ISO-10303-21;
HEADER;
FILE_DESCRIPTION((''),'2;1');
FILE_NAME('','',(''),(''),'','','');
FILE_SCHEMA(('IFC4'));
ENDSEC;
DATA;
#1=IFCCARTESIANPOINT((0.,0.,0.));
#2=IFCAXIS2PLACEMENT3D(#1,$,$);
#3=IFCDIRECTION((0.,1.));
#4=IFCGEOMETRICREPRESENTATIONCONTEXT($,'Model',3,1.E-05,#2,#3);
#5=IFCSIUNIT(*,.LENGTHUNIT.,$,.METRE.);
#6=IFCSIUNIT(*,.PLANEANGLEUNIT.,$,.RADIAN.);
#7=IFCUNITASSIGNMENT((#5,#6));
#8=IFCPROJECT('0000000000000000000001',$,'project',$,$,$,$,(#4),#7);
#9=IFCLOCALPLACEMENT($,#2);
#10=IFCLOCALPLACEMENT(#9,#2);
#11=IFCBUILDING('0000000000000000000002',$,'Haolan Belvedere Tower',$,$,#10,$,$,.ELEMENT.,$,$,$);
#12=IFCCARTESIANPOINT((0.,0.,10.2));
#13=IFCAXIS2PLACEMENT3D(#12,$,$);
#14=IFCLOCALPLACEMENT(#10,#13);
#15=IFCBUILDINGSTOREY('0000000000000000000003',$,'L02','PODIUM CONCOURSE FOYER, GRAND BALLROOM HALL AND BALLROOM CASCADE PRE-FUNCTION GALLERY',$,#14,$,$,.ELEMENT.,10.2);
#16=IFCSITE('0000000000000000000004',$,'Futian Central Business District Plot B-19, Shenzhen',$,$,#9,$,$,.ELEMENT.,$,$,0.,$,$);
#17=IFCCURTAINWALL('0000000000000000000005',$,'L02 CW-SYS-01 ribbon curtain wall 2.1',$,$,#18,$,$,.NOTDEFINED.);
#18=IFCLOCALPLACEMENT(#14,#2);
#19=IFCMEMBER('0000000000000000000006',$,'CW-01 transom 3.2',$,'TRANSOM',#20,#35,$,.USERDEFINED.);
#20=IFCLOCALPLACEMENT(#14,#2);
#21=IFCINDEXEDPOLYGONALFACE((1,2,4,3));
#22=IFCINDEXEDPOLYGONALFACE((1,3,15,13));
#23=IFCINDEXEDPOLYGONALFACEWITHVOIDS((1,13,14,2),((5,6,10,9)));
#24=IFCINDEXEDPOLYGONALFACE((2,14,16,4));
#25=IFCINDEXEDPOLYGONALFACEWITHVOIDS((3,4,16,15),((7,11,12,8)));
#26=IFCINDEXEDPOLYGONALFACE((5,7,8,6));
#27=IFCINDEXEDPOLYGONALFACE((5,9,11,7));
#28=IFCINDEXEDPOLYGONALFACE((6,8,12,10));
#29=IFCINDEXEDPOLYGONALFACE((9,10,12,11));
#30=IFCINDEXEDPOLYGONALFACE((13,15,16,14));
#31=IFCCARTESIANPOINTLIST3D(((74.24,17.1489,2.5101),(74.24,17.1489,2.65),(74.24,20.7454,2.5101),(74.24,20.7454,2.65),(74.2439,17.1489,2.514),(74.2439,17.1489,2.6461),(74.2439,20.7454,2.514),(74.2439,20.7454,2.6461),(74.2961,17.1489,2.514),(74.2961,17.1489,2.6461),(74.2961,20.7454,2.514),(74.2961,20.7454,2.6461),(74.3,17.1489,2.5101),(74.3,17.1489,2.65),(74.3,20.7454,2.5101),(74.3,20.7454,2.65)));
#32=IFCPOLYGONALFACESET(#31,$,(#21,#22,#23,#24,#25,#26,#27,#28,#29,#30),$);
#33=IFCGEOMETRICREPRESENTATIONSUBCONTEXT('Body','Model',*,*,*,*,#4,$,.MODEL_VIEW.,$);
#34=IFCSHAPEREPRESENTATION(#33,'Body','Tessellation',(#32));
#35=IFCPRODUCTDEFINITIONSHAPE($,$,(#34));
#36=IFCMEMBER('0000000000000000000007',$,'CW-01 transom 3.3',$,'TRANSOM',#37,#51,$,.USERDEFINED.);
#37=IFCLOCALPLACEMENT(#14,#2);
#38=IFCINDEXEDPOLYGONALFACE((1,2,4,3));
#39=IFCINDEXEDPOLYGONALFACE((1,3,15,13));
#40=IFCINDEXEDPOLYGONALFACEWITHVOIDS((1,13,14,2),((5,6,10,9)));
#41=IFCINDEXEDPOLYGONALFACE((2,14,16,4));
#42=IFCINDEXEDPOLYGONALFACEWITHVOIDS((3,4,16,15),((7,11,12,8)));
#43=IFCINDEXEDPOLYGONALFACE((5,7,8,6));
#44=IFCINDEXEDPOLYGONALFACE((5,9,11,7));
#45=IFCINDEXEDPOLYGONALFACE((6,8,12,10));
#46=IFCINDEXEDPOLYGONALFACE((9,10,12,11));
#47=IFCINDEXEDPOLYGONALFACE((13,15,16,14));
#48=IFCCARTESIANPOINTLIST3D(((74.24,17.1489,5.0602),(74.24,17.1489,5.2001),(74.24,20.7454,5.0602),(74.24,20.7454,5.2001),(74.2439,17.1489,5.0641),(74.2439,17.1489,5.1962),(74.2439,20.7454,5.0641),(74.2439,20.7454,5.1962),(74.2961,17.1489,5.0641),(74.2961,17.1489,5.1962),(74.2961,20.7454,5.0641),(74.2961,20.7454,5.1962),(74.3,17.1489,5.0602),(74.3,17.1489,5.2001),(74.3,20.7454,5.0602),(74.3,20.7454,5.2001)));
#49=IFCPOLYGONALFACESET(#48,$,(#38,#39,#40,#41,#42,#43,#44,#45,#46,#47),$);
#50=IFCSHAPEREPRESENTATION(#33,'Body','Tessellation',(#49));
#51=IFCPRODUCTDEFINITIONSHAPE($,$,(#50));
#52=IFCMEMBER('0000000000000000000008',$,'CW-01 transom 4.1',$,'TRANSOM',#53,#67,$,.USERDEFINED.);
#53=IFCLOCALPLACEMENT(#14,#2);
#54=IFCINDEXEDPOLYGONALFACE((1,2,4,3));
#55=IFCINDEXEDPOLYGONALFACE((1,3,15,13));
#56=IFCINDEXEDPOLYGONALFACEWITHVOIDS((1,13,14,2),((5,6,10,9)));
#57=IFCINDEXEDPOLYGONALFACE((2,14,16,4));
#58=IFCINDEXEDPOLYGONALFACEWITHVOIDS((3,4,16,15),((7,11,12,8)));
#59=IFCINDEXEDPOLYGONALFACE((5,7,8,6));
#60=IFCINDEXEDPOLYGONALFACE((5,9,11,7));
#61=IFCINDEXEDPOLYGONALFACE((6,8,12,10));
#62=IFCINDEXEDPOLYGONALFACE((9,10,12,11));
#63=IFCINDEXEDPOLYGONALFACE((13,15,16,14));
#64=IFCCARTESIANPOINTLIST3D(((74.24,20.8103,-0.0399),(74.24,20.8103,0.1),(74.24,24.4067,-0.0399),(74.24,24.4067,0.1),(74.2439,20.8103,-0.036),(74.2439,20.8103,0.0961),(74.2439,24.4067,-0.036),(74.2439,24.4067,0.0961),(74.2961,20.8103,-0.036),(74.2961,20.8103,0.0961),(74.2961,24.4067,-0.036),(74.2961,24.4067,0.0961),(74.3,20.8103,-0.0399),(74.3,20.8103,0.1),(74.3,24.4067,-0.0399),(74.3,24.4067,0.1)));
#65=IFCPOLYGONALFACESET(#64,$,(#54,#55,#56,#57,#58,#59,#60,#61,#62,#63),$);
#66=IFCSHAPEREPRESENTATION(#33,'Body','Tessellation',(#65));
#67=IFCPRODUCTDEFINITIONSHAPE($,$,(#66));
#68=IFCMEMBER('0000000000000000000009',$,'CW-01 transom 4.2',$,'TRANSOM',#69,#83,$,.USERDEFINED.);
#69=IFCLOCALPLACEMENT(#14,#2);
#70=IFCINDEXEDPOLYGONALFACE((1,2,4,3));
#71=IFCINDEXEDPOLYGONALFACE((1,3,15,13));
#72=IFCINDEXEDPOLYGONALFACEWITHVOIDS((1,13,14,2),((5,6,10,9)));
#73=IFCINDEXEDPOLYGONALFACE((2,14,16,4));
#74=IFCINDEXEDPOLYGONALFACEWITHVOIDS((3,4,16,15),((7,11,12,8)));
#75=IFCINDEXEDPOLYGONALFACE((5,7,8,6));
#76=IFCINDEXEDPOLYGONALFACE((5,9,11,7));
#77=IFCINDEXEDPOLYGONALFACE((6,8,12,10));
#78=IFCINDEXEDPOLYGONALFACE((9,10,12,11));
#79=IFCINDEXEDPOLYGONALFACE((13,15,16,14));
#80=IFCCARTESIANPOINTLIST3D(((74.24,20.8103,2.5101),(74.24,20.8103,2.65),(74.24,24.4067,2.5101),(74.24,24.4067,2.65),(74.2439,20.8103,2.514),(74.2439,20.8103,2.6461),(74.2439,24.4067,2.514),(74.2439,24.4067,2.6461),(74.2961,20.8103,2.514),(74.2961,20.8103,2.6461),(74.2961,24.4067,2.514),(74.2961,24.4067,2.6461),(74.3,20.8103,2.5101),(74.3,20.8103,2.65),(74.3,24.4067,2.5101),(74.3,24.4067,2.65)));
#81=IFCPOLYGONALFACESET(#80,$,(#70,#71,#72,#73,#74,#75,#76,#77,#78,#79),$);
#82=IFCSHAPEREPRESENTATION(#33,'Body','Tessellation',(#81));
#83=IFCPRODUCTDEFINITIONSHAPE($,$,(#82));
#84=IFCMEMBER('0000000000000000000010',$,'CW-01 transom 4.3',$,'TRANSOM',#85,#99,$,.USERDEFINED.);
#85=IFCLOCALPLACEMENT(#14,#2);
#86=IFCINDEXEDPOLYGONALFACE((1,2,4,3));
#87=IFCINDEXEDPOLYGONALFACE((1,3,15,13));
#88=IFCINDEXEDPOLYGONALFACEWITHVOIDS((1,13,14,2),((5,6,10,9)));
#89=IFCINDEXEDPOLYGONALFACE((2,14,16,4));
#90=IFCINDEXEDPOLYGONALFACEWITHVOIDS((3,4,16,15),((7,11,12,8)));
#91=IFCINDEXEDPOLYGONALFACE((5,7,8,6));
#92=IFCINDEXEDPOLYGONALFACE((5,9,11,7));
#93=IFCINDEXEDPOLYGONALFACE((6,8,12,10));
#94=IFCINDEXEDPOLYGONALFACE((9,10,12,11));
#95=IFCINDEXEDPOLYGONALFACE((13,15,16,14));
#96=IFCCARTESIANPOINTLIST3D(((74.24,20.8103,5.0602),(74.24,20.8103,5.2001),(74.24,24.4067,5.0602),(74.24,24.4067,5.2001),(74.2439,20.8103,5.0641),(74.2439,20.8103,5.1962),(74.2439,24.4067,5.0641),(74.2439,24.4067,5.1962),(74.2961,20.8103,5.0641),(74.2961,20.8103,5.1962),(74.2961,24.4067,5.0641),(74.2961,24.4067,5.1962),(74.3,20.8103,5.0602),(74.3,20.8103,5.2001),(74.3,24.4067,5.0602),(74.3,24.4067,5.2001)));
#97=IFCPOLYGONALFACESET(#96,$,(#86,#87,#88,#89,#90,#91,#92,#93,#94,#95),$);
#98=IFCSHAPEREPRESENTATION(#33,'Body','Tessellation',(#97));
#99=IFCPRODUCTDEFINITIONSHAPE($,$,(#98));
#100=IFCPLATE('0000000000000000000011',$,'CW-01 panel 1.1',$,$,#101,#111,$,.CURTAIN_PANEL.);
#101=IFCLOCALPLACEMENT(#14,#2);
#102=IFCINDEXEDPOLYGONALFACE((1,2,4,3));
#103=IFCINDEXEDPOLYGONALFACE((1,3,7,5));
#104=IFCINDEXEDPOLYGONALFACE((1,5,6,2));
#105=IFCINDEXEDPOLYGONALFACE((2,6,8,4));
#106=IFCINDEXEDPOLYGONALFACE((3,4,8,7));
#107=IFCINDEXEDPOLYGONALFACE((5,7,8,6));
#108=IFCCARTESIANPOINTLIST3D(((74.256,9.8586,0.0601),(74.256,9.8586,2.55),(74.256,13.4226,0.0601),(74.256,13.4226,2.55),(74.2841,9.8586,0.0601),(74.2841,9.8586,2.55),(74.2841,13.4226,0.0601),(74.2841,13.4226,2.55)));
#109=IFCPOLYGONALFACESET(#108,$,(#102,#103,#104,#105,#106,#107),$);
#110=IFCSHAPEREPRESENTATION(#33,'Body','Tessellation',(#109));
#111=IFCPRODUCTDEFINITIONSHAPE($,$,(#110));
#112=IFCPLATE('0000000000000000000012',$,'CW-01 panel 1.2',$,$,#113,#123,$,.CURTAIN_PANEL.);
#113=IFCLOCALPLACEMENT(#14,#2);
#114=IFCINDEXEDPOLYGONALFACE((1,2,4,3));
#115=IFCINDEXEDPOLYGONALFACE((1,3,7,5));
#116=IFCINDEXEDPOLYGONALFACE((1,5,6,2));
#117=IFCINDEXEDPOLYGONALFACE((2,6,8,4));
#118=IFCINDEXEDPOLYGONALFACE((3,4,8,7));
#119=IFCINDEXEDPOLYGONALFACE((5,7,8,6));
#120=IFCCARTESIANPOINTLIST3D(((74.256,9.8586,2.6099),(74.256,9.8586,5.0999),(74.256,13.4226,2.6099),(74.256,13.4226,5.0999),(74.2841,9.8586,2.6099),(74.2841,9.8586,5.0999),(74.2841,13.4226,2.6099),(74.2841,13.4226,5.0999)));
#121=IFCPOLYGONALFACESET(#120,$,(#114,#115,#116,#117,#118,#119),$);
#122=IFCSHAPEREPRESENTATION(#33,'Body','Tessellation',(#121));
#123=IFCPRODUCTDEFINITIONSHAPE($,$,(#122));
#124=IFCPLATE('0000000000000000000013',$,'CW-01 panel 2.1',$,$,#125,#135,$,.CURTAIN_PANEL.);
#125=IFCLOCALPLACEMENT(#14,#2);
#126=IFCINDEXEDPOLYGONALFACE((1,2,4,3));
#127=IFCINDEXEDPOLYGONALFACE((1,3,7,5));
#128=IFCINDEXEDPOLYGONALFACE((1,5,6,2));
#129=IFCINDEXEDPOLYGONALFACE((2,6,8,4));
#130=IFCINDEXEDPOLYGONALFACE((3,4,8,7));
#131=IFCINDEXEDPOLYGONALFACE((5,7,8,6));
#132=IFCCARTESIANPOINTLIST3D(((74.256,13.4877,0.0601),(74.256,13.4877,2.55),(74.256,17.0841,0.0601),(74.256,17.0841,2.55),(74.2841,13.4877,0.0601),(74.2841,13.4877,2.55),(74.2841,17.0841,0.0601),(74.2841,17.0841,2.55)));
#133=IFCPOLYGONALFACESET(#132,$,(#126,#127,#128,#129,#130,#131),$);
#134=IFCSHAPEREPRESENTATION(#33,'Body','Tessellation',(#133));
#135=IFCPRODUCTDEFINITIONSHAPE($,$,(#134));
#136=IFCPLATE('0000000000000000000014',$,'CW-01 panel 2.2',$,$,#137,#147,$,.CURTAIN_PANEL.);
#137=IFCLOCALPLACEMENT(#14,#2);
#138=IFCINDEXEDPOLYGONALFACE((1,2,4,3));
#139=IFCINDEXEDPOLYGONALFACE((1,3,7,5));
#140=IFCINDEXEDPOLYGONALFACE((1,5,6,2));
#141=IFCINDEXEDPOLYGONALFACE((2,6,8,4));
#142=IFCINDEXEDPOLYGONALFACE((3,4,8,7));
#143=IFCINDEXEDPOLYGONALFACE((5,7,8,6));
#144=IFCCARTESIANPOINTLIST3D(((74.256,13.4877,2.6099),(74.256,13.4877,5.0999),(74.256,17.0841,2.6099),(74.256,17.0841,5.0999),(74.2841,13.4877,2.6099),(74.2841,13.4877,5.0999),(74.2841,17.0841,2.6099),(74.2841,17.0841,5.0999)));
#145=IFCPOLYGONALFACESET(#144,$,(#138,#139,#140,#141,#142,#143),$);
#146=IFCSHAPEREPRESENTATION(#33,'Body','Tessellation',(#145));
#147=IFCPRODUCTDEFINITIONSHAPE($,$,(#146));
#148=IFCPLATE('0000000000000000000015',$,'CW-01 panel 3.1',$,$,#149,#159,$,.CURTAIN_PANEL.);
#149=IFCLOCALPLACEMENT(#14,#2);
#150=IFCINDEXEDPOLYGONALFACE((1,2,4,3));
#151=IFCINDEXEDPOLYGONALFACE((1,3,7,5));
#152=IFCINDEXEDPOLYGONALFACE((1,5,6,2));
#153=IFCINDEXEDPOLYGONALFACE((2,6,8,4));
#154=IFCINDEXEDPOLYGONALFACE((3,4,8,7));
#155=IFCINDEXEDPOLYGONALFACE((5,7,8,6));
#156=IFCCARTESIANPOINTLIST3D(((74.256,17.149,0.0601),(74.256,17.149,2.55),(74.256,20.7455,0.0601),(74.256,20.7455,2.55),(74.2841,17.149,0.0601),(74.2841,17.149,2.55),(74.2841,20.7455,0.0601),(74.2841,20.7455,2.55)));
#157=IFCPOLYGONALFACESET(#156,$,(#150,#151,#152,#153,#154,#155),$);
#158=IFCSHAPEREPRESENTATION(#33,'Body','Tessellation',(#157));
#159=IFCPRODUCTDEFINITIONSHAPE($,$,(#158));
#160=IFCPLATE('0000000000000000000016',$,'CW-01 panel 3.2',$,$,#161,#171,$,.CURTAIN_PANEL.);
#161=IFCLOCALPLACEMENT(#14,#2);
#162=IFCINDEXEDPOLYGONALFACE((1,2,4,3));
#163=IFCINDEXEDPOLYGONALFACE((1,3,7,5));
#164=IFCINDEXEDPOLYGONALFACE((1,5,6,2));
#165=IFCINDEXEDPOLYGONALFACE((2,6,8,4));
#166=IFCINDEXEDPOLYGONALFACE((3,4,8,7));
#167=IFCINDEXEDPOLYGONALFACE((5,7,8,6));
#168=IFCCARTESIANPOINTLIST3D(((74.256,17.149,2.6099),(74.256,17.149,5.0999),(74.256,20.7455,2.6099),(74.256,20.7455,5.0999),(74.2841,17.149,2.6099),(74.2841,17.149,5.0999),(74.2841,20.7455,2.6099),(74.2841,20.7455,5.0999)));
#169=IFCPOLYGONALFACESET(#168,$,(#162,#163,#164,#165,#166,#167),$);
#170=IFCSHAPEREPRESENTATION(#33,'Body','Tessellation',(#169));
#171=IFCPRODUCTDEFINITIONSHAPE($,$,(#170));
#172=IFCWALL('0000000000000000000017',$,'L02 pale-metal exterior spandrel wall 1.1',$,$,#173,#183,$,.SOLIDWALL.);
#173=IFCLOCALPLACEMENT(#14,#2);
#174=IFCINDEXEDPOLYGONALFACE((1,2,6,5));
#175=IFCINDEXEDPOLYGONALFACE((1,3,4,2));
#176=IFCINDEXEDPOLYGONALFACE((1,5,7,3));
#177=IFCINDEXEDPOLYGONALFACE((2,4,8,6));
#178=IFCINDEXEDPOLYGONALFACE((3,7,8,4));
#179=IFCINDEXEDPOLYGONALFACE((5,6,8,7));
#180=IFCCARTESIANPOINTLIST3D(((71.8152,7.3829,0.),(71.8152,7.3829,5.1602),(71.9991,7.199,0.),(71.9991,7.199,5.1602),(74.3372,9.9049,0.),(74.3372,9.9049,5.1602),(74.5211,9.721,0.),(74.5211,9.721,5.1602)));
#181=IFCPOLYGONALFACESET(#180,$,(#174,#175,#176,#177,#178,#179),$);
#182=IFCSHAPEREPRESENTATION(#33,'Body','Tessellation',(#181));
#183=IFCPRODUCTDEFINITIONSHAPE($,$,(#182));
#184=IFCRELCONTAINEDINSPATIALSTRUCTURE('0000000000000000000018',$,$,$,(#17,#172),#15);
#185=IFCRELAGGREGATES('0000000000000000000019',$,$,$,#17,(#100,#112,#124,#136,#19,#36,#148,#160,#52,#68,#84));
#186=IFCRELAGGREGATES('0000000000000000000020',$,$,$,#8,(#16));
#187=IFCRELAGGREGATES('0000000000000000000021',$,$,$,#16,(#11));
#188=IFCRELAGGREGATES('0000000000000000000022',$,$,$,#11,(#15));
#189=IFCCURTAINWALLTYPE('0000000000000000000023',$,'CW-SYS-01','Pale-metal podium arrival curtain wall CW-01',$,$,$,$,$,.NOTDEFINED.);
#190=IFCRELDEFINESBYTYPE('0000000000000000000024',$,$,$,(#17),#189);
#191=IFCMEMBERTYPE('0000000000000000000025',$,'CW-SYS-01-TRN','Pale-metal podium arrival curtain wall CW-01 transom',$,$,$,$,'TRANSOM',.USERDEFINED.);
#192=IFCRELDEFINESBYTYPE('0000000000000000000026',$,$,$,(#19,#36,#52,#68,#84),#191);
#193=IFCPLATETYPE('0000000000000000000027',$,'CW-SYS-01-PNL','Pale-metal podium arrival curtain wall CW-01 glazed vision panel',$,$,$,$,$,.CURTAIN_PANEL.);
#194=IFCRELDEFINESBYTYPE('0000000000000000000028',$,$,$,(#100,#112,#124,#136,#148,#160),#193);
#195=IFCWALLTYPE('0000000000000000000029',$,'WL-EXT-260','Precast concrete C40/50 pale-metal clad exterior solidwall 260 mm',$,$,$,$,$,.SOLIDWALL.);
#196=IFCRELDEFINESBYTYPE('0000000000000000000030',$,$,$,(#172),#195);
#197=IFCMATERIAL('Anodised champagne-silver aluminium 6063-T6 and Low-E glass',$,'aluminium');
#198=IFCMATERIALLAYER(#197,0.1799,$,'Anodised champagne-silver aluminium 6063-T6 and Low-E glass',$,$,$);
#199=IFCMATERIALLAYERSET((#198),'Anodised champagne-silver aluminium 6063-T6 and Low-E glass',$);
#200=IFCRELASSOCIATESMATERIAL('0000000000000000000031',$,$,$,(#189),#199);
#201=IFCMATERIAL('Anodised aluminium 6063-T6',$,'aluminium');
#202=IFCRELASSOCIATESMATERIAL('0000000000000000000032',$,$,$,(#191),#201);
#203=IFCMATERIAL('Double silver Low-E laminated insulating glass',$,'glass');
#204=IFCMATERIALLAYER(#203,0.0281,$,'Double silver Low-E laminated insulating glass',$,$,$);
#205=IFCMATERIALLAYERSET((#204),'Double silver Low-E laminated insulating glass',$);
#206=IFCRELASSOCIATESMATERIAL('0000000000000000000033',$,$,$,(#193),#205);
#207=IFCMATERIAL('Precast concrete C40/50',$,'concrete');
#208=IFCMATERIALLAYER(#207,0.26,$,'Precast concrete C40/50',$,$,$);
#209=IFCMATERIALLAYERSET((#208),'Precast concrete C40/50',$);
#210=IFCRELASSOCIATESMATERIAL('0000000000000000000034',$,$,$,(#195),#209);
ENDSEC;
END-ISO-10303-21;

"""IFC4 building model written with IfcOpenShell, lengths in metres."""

from ifc_helpers import new_model, si_unit, direction, frame, frame_2d, origin, origin_2d, place, context, subcontext, project, spatial, rectangle, hollow_rectangle, extrude, material, layer, layer_set, material_profile, profile_set, type_object, element, aggregate, save


model = new_model("IFC4")

# Units and contexts
model_context = context("Model", 3, precision=1e-05, world=origin(), true_north=direction((0.0, 1.0)))
body_context = subcontext(model_context, "Body", "Model", "MODEL_VIEW")
ifc_project = project(units=[si_unit("LENGTHUNIT", "METRE"), si_unit("PLANEANGLEUNIT", "RADIAN")], contexts=[model_context])

# Site, building, storey
site_placement = place(None, origin())
site = spatial("IfcSite", under=ifc_project, at=site_placement, Name="Futian Central Business District Plot B-19, Shenzhen", CompositionType="ELEMENT", RefElevation=0.0)
building_placement = place(site_placement, origin())
building = spatial("IfcBuilding", under=site, at=building_placement, Name="Haolan Belvedere Tower", CompositionType="ELEMENT")
storey_placement = place(building_placement, frame((0.0, 0.0, 10.2)))
storey = spatial("IfcBuildingStorey", under=building, at=storey_placement, Name="L02", Description="PODIUM CONCOURSE FOYER, GRAND BALLROOM HALL AND BALLROOM CASCADE PRE-FUNCTION GALLERY", CompositionType="ELEMENT", Elevation=10.2)

# Curtain wall, members, plates
ifc_material_1 = material(Name="Anodised champagne-silver aluminium 6063-T6 and Low-E glass", Category="aluminium")
ifc_layer_1 = layer(ifc_material_1, 0.1799, Name="Anodised champagne-silver aluminium 6063-T6 and Low-E glass")
ifc_layer_set_1 = layer_set([ifc_layer_1], Name="Anodised champagne-silver aluminium 6063-T6 and Low-E glass")
curtain_wall_type = type_object("IfcCurtainWallType", Name="CW-SYS-01", Description="Pale-metal podium arrival curtain wall CW-01", PredefinedType="NOTDEFINED", material=ifc_layer_set_1)
curtain_wall_placement = place(storey_placement, origin())
curtain_wall = element("IfcCurtainWall", 1, at=curtain_wall_placement, inside=storey, type_object=curtain_wall_type, Name="L02 CW-SYS-01 ribbon curtain wall 2.1", PredefinedType="NOTDEFINED")
ifc_material_2 = material(Name="Anodised aluminium 6063-T6", Category="aluminium")
ifc_material_profile_1 = material_profile(ifc_material_2, hollow_rectangle(XDim=0.0601, YDim=0.1399, WallThickness=0.0039, at=origin_2d()), Name="Anodised aluminium 6063-T6")
ifc_profile_set_1 = profile_set([ifc_material_profile_1], Name="Anodised aluminium 6063-T6")
member_type_1 = type_object("IfcMemberType", Name="CW-SYS-01-TRN", Description="Pale-metal podium arrival curtain wall CW-01 transom", ElementType="TRANSOM", PredefinedType="USERDEFINED", material=ifc_profile_set_1)
member_1_placement = place(storey_placement, frame((74.27, 17.1489, 2.5801), z_axis=(0.0, 1.0, 0.0), x_axis=(-1.0, 0.0, 0.0)))
member_1 = element("IfcMember", 2, at=member_1_placement, type_object=member_type_1, Name="CW-01 transom 3.2", ObjectType="TRANSOM", PredefinedType="USERDEFINED", context=body_context, shape_type="SweptSolid", body=[
    extrude(hollow_rectangle(XDim=0.0601, YDim=0.1399, WallThickness=0.0039, at=origin_2d()), origin(), (0.0, 0.0, 1.0), 3.5964),
])
member_2_placement = place(storey_placement, frame((74.27, 17.1489, 5.1301), z_axis=(0.0, 1.0, 0.0), x_axis=(-1.0, 0.0, 0.0)))
member_2 = element("IfcMember", 3, at=member_2_placement, type_object=member_type_1, Name="CW-01 transom 3.3", ObjectType="TRANSOM", PredefinedType="USERDEFINED", context=body_context, shape_type="SweptSolid", body=[
    extrude(hollow_rectangle(XDim=0.0601, YDim=0.1399, WallThickness=0.0039, at=origin_2d()), origin(), (0.0, 0.0, 1.0), 3.5964),
])
member_3_placement = place(storey_placement, frame((74.27, 20.8103, 0.03), z_axis=(0.0, 1.0, 0.0), x_axis=(-1.0, 0.0, 0.0)))
member_3 = element("IfcMember", 4, at=member_3_placement, type_object=member_type_1, Name="CW-01 transom 4.1", ObjectType="TRANSOM", PredefinedType="USERDEFINED", context=body_context, shape_type="SweptSolid", body=[
    extrude(hollow_rectangle(XDim=0.0601, YDim=0.1399, WallThickness=0.0039, at=origin_2d()), origin(), (0.0, 0.0, 1.0), 3.5964),
])
member_4_placement = place(storey_placement, frame((74.27, 20.8103, 2.5801), z_axis=(0.0, 1.0, 0.0), x_axis=(-1.0, 0.0, 0.0)))
member_4 = element("IfcMember", 5, at=member_4_placement, type_object=member_type_1, Name="CW-01 transom 4.2", ObjectType="TRANSOM", PredefinedType="USERDEFINED", context=body_context, shape_type="SweptSolid", body=[
    extrude(hollow_rectangle(XDim=0.0601, YDim=0.1399, WallThickness=0.0039, at=origin_2d()), origin(), (0.0, 0.0, 1.0), 3.5964),
])
member_5_placement = place(storey_placement, frame((74.27, 20.8103, 5.1301), z_axis=(0.0, 1.0, 0.0), x_axis=(-1.0, 0.0, 0.0)))
member_5 = element("IfcMember", 6, at=member_5_placement, type_object=member_type_1, Name="CW-01 transom 4.3", ObjectType="TRANSOM", PredefinedType="USERDEFINED", context=body_context, shape_type="SweptSolid", body=[
    extrude(hollow_rectangle(XDim=0.0601, YDim=0.1399, WallThickness=0.0039, at=origin_2d()), origin(), (0.0, 0.0, 1.0), 3.5964),
])
ifc_material_3 = material(Name="Double silver Low-E laminated insulating glass", Category="glass")
ifc_layer_2 = layer(ifc_material_3, 0.0281, Name="Double silver Low-E laminated insulating glass")
ifc_layer_set_2 = layer_set([ifc_layer_2], Name="Double silver Low-E laminated insulating glass")
plate_type = type_object("IfcPlateType", Name="CW-SYS-01-PNL", Description="Pale-metal podium arrival curtain wall CW-01 glazed vision panel", PredefinedType="CURTAIN_PANEL", material=ifc_layer_set_2)
plate_1_placement = place(storey_placement, frame((74.27, 11.6406, 0.0601), z_axis=(0.0, 0.0, 1.0), x_axis=(0.0, 1.0, 0.0)))
plate_1 = element("IfcPlate", 7, at=plate_1_placement, type_object=plate_type, Name="CW-01 panel 1.1", PredefinedType="CURTAIN_PANEL", context=body_context, shape_type="SweptSolid", body=[
    extrude(rectangle(XDim=3.564, YDim=0.0281, at=origin_2d()), origin(), (0.0, 0.0, 1.0), 2.49),
])
plate_2_placement = place(storey_placement, frame((74.27, 11.6406, 2.6099), z_axis=(0.0, 0.0, 1.0), x_axis=(0.0, 1.0, 0.0)))
plate_2 = element("IfcPlate", 8, at=plate_2_placement, type_object=plate_type, Name="CW-01 panel 1.2", PredefinedType="CURTAIN_PANEL", context=body_context, shape_type="SweptSolid", body=[
    extrude(rectangle(XDim=3.564, YDim=0.0281, at=origin_2d()), origin(), (0.0, 0.0, 1.0), 2.49),
])
plate_3_placement = place(storey_placement, frame((74.27, 15.2859, 0.0601), z_axis=(0.0, 0.0, 1.0), x_axis=(0.0, 1.0, 0.0)))
plate_3 = element("IfcPlate", 9, at=plate_3_placement, type_object=plate_type, Name="CW-01 panel 2.1", PredefinedType="CURTAIN_PANEL", context=body_context, shape_type="SweptSolid", body=[
    extrude(rectangle(XDim=3.5964, YDim=0.0281, at=origin_2d()), origin(), (0.0, 0.0, 1.0), 2.49),
])
plate_4_placement = place(storey_placement, frame((74.27, 15.2859, 2.6099), z_axis=(0.0, 0.0, 1.0), x_axis=(0.0, 1.0, 0.0)))
plate_4 = element("IfcPlate", 10, at=plate_4_placement, type_object=plate_type, Name="CW-01 panel 2.2", PredefinedType="CURTAIN_PANEL", context=body_context, shape_type="SweptSolid", body=[
    extrude(rectangle(XDim=3.5964, YDim=0.0281, at=origin_2d()), origin(), (0.0, 0.0, 1.0), 2.49),
])
plate_5_placement = place(storey_placement, frame((74.27, 18.9473, 0.0601), z_axis=(0.0, 0.0, 1.0), x_axis=(0.0, 1.0, 0.0)))
plate_5 = element("IfcPlate", 11, at=plate_5_placement, type_object=plate_type, Name="CW-01 panel 3.1", PredefinedType="CURTAIN_PANEL", context=body_context, shape_type="SweptSolid", body=[
    extrude(rectangle(XDim=3.5964, YDim=0.0281, at=origin_2d()), origin(), (0.0, 0.0, 1.0), 2.49),
])
plate_6_placement = place(storey_placement, frame((74.27, 18.9473, 2.6099), z_axis=(0.0, 0.0, 1.0), x_axis=(0.0, 1.0, 0.0)))
plate_6 = element("IfcPlate", 12, at=plate_6_placement, type_object=plate_type, Name="CW-01 panel 3.2", PredefinedType="CURTAIN_PANEL", context=body_context, shape_type="SweptSolid", body=[
    extrude(rectangle(XDim=3.5964, YDim=0.0281, at=origin_2d()), origin(), (0.0, 0.0, 1.0), 2.49),
])
aggregate(curtain_wall, [plate_1, plate_2, plate_3, plate_4, member_1, member_2, plate_5, plate_6, member_3, member_4, member_5])

# Wall
ifc_material_4 = material(Name="Precast concrete C40/50", Category="concrete")
ifc_layer_3 = layer(ifc_material_4, 0.26, Name="Precast concrete C40/50")
ifc_layer_set_3 = layer_set([ifc_layer_3], Name="Precast concrete C40/50")
wall_type_1 = type_object("IfcWallType", Name="WL-EXT-260", Description="Precast concrete C40/50 pale-metal clad exterior solidwall 260 mm", PredefinedType="SOLIDWALL", material=ifc_layer_set_3)
wall_1_placement = place(storey_placement, frame((71.9072, 7.291, 0.0), z_axis=(0.0, 0.0, 1.0), x_axis=(0.707107, 0.707107, 0.0)))
element("IfcWall", 13, at=wall_1_placement, inside=storey, type_object=wall_type_1, Name="L02 pale-metal exterior spandrel wall 1.1", PredefinedType="SOLIDWALL", context=body_context, shape_type="SweptSolid", body=[
    extrude(rectangle(XDim=3.5667, YDim=0.26, at=frame_2d((1.7832, 0.0))), origin(), (0.0, 0.0, 1.0), 5.1602),
])

save(model, "model.ifc")
